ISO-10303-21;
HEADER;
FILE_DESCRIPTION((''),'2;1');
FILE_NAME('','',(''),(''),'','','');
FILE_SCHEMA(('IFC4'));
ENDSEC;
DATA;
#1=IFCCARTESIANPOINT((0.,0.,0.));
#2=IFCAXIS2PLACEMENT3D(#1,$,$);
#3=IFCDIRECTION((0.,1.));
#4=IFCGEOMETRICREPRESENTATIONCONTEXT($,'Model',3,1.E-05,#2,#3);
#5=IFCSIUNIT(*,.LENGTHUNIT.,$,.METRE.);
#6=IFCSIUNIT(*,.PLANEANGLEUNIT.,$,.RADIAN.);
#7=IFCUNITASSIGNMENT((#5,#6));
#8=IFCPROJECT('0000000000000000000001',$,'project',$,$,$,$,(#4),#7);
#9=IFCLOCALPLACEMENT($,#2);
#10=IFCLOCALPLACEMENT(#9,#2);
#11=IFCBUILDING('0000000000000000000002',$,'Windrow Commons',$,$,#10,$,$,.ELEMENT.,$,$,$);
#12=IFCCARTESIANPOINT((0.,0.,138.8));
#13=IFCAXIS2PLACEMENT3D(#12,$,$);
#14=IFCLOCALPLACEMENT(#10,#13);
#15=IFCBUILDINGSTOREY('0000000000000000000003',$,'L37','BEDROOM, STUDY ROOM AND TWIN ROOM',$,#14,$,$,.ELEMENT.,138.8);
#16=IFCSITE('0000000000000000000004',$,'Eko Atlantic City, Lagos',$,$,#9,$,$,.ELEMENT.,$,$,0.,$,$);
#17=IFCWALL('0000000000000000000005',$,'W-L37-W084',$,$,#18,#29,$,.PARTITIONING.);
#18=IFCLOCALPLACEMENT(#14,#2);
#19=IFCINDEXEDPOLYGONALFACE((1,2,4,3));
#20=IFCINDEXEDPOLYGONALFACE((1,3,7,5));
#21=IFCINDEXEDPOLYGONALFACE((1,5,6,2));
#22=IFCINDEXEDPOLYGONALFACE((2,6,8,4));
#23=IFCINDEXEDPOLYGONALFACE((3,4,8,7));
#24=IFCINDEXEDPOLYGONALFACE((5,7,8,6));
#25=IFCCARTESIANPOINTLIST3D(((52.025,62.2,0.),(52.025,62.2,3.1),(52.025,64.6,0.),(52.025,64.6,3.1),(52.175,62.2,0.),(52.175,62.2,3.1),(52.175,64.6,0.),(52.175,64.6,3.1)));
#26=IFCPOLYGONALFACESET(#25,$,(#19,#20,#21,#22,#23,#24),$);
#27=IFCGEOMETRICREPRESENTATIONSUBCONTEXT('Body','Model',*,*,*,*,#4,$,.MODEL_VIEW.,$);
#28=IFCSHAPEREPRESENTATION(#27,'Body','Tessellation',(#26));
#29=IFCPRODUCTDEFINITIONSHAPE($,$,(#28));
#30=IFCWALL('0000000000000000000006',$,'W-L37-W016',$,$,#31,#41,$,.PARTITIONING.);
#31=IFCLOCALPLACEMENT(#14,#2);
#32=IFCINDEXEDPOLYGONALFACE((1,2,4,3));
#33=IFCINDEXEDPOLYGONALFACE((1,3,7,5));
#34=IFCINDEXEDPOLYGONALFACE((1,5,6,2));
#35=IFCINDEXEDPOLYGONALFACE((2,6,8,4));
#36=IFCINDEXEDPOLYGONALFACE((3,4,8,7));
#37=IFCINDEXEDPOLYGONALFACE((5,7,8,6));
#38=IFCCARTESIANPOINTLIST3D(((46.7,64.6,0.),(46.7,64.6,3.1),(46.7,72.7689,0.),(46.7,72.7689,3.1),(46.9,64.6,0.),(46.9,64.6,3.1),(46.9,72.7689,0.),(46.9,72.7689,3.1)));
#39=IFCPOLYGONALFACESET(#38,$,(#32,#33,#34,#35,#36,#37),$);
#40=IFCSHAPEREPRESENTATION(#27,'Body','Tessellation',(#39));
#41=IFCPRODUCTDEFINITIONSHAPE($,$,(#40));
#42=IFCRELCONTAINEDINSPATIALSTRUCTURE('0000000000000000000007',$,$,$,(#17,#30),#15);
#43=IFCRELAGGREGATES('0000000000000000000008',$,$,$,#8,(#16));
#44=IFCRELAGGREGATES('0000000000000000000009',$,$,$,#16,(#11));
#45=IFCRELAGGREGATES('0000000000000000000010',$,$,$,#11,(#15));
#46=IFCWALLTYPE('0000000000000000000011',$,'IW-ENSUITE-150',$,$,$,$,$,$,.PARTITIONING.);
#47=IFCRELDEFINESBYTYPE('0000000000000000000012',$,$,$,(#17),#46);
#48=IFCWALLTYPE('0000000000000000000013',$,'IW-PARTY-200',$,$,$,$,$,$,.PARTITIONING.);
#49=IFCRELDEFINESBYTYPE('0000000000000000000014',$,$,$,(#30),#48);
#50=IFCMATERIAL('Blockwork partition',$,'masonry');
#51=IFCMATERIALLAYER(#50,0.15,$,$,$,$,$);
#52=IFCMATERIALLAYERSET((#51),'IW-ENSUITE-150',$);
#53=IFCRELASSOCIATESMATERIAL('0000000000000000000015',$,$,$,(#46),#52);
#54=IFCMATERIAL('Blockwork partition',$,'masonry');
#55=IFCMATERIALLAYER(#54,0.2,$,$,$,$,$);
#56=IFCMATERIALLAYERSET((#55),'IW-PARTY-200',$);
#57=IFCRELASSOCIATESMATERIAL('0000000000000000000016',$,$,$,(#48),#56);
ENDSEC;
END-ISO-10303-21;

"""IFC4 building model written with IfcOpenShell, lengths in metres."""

from ifc_helpers import new_model, si_unit, direction, frame, frame_2d, origin, place, context, subcontext, project, spatial, rectangle, extrude, material, layer, layer_set, type_object, element, save


model = new_model("IFC4")

# Units and contexts
model_context = context("Model", 3, precision=1e-05, world=origin(), true_north=direction((0.0, 1.0)))
body_context = subcontext(model_context, "Body", "Model", "MODEL_VIEW")
ifc_project = project(units=[si_unit("LENGTHUNIT", "METRE"), si_unit("PLANEANGLEUNIT", "RADIAN")], contexts=[model_context])

# Site, building, storey
site_placement = place(None, origin())
site = spatial("IfcSite", under=ifc_project, at=site_placement, Name="Eko Atlantic City, Lagos", CompositionType="ELEMENT", RefElevation=0.0)
building_placement = place(site_placement, origin())
building = spatial("IfcBuilding", under=site, at=building_placement, Name="Windrow Commons", CompositionType="ELEMENT")
storey_placement = place(building_placement, frame((0.0, 0.0, 138.8)))
storey = spatial("IfcBuildingStorey", under=building, at=storey_placement, Name="L37", Description="BEDROOM, STUDY ROOM AND TWIN ROOM", CompositionType="ELEMENT", Elevation=138.8)

# Shared definitions
ifc_material_1 = material(Name="Blockwork partition", Category="masonry")
ifc_layer_1 = layer(ifc_material_1, 0.15)
ifc_layer_set_1 = layer_set([ifc_layer_1], Name="IW-ENSUITE-150")
wall_type_1 = type_object("IfcWallType", Name="IW-ENSUITE-150", PredefinedType="PARTITIONING", material=ifc_layer_set_1)

# Walls
for number, where, z_axis, x_axis, name in (
    (1, (52.1, 62.2, 0.0), (0.0, 0.0, 1.0), (0.0, 1.0, 0.0), "W-L37-W084"),
):
    element("IfcWall", number, at=place(storey_placement, frame(where, z_axis=z_axis, x_axis=x_axis)), inside=storey, type_object=wall_type_1, Name=name, PredefinedType="PARTITIONING", context=body_context, shape_type="SweptSolid", body=[
        extrude(rectangle(XDim=2.4, YDim=0.15, at=frame_2d((1.2, 0.0))), origin(), (0.0, 0.0, 1.0), 3.1),
    ])
ifc_material_2 = material(Name="Blockwork partition", Category="masonry")
ifc_layer_2 = layer(ifc_material_2, 0.2)
ifc_layer_set_2 = layer_set([ifc_layer_2], Name="IW-PARTY-200")
wall_type_2 = type_object("IfcWallType", Name="IW-PARTY-200", PredefinedType="PARTITIONING", material=ifc_layer_set_2)
wall_1_placement = place(storey_placement, frame((46.8, 64.6, 0.0), z_axis=(0.0, 0.0, 1.0), x_axis=(0.0, 1.0, 0.0)))
element("IfcWall", 2, at=wall_1_placement, inside=storey, type_object=wall_type_2, Name="W-L37-W016", PredefinedType="PARTITIONING", context=body_context, shape_type="SweptSolid", body=[
    extrude(rectangle(XDim=8.1689, YDim=0.2, at=frame_2d((4.0845, 0.0))), origin(), (0.0, 0.0, 1.0), 3.1),
])

save(model, "model.ifc")
